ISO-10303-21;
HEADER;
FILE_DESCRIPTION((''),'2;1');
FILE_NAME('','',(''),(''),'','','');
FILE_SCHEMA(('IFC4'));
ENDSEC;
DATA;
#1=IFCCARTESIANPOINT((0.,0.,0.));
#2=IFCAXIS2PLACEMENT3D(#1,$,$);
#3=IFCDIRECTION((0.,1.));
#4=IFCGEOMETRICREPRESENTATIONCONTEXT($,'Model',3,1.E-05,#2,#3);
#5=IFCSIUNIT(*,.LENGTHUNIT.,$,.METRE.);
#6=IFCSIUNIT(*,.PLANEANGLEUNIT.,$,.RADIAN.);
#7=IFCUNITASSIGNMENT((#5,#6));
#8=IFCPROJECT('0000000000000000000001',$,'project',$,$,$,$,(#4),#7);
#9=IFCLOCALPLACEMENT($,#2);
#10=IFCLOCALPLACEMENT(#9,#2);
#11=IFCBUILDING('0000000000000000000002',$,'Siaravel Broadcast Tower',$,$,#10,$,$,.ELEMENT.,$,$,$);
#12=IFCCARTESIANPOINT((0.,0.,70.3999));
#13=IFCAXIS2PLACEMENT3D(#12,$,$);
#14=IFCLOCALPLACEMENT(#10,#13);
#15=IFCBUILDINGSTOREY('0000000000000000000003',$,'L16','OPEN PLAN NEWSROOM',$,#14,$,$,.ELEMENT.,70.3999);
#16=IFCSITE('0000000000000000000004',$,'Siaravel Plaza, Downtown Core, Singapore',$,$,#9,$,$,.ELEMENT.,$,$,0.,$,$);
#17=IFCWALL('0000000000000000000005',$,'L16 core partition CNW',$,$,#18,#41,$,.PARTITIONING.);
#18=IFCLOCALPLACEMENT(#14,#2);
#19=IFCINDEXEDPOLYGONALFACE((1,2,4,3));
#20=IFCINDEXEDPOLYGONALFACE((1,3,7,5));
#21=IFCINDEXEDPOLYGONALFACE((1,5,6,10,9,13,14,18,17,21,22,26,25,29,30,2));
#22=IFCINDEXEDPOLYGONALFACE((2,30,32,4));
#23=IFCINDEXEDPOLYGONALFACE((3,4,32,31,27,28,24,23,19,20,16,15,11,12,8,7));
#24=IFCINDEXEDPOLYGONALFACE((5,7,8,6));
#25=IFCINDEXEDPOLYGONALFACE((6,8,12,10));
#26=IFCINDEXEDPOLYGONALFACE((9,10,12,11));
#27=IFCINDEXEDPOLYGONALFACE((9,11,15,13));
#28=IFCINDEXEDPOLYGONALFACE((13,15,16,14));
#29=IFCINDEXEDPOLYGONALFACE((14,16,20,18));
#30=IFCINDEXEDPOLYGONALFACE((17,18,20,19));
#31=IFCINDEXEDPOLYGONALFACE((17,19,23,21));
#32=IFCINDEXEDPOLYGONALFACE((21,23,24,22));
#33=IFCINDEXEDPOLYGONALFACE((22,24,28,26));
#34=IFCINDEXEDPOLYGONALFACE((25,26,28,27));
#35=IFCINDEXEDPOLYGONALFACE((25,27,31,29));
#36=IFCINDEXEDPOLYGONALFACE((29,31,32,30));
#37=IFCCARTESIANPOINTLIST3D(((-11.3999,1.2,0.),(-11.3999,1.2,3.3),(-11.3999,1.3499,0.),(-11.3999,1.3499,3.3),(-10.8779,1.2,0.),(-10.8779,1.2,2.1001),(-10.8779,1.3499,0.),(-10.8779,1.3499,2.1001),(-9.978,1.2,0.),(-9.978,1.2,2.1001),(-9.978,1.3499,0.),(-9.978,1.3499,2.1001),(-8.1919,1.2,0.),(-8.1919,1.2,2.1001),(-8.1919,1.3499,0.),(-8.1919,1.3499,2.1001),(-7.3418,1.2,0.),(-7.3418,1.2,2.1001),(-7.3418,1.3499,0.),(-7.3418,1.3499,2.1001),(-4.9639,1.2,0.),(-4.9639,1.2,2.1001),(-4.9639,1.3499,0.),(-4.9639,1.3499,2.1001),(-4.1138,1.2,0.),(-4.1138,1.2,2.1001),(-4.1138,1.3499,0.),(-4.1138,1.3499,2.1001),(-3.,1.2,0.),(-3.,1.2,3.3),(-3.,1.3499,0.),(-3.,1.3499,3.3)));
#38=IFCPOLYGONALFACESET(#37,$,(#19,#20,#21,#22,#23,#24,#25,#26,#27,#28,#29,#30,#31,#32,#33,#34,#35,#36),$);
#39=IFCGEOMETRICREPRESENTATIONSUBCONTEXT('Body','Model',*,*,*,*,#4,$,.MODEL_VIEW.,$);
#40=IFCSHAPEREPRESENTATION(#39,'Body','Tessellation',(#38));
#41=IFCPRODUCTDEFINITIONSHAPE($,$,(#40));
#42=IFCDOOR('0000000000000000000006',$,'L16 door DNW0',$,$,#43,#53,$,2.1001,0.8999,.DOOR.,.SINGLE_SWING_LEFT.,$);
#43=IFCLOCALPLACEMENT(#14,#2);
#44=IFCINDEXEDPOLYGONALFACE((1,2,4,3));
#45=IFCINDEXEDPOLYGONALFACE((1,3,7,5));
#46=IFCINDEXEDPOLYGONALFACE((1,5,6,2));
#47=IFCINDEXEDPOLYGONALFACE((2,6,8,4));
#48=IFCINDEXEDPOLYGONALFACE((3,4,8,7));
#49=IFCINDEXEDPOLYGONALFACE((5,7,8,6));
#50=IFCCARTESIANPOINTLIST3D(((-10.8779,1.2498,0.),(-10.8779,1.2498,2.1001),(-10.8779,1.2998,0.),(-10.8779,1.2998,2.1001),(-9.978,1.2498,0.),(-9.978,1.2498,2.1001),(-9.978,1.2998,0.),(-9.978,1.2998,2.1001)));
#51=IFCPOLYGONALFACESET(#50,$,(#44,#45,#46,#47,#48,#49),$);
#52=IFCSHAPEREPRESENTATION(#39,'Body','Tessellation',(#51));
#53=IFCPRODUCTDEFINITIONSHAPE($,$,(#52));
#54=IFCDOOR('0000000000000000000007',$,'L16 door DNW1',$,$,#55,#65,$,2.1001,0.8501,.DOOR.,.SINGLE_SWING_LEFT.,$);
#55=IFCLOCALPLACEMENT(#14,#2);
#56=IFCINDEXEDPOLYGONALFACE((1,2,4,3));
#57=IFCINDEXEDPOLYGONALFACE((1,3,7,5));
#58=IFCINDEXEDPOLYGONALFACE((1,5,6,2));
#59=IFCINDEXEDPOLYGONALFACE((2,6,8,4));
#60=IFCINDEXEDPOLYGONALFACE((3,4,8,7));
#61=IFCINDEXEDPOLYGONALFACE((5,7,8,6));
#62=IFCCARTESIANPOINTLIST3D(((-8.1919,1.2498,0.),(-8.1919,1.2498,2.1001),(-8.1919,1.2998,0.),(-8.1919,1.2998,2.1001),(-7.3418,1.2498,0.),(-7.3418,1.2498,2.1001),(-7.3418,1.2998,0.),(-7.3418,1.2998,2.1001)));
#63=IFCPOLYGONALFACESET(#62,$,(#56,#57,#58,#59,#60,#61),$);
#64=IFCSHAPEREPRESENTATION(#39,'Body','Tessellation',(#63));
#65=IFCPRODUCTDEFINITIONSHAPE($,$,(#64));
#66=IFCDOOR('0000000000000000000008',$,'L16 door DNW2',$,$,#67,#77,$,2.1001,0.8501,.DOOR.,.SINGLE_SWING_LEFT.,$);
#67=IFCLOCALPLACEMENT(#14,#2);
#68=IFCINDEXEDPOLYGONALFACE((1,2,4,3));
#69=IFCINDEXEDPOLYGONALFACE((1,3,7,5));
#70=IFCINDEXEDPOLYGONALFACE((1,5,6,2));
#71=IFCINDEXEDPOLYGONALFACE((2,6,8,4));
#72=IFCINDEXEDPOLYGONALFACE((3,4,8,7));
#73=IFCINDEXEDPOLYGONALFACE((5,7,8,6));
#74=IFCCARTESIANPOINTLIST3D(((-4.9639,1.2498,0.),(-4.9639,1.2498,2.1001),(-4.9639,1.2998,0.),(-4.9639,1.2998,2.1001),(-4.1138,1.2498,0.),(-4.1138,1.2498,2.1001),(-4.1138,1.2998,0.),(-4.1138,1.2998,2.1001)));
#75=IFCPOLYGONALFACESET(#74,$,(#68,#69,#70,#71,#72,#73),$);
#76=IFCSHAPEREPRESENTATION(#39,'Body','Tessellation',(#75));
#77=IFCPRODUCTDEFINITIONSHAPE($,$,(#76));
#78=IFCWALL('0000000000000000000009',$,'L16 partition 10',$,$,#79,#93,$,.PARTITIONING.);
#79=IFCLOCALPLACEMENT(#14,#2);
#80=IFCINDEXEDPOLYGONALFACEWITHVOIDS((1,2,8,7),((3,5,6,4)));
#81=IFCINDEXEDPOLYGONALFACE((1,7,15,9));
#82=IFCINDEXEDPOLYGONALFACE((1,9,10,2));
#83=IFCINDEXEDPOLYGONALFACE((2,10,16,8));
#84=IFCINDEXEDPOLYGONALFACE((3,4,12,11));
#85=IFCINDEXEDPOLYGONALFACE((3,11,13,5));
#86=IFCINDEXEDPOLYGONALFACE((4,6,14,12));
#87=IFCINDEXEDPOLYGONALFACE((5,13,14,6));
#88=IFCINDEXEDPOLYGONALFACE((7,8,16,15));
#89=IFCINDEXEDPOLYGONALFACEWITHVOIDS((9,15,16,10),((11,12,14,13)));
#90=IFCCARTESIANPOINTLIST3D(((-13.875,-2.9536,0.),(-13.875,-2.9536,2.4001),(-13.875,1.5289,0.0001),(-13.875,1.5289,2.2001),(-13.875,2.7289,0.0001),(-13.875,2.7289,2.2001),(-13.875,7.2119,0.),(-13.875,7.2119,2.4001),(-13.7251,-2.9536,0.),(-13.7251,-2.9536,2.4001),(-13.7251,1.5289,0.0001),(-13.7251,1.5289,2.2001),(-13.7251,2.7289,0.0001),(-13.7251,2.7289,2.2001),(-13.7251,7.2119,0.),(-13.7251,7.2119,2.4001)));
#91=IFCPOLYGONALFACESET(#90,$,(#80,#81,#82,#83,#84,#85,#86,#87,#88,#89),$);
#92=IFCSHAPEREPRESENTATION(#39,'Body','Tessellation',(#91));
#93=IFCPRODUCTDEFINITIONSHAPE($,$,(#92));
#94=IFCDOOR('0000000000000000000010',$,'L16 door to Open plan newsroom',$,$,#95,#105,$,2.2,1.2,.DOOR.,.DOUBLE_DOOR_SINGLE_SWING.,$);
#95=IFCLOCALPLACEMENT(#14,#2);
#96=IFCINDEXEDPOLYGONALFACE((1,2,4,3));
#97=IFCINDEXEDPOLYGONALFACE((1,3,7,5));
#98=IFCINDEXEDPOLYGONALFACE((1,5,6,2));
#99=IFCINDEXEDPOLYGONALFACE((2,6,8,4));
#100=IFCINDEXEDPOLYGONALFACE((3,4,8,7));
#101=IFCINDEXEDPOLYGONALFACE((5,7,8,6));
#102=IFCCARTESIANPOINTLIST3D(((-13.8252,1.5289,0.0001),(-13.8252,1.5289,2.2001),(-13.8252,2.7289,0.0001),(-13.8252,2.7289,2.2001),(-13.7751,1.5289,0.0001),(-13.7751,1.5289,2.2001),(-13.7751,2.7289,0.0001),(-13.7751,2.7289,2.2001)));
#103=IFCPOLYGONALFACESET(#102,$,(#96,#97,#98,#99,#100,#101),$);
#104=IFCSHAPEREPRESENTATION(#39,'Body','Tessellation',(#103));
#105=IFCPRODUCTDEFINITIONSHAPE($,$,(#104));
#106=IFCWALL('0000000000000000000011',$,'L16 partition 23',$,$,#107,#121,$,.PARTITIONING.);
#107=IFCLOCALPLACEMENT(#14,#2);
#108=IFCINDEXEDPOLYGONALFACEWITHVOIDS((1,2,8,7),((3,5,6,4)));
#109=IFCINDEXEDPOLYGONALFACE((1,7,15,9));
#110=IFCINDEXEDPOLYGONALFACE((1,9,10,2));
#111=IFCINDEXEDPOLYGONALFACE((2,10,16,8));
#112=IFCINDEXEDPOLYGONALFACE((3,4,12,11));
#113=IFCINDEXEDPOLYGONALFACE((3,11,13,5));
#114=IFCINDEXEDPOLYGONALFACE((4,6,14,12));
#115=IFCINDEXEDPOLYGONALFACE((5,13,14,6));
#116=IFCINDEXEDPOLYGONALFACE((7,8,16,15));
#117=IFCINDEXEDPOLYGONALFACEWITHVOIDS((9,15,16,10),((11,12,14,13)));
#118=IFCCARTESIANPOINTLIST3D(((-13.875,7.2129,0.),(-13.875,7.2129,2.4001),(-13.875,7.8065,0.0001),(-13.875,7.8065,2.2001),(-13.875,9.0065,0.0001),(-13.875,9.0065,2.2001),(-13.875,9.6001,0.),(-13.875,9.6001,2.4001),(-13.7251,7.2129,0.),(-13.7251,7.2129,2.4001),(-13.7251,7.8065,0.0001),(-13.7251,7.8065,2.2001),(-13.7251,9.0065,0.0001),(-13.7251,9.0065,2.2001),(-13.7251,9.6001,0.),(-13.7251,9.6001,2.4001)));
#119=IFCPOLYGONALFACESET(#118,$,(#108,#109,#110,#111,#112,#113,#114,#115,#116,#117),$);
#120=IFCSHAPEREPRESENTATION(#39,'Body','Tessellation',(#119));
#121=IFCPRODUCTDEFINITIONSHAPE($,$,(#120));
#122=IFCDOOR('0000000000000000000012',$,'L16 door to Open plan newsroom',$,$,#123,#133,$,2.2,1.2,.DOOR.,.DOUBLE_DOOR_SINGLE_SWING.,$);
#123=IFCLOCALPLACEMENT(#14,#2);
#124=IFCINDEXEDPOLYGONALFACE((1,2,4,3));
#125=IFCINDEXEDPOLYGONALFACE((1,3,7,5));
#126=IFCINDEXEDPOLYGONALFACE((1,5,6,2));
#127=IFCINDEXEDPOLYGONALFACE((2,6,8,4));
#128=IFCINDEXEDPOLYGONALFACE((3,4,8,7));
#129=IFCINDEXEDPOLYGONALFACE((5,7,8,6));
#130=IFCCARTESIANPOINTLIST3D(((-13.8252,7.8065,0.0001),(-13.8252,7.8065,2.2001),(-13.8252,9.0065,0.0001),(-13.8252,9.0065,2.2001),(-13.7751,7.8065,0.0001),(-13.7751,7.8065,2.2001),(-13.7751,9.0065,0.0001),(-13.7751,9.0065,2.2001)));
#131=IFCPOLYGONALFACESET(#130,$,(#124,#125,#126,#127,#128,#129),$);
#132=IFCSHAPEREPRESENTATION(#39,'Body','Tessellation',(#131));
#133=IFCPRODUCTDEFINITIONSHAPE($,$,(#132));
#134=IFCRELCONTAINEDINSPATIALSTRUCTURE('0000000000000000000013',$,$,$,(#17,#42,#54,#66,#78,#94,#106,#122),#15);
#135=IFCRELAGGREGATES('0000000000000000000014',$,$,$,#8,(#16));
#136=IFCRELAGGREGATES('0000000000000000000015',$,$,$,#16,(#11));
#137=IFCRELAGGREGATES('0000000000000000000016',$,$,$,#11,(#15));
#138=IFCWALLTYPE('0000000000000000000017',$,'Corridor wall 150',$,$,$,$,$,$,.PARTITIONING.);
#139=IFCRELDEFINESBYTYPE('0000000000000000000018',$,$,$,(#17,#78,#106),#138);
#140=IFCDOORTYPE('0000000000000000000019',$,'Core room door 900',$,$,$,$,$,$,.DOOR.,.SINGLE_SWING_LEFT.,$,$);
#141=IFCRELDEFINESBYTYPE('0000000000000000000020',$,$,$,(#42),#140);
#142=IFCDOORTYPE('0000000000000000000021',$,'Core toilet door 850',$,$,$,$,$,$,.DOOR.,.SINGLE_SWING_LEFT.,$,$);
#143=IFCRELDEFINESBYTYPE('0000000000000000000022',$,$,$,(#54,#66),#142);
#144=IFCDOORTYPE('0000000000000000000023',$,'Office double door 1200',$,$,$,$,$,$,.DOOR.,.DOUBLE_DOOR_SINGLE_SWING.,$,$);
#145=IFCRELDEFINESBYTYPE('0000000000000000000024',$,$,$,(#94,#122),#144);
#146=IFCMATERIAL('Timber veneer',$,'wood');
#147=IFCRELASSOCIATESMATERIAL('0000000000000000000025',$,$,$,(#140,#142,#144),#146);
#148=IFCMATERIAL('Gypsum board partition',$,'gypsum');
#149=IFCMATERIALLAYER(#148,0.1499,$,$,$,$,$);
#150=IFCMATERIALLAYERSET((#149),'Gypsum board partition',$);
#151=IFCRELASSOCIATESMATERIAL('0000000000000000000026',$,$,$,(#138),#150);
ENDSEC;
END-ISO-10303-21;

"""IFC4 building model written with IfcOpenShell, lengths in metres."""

from ifc_helpers import new_model, si_unit, direction, frame, frame_2d, origin, place, context, subcontext, project, spatial, rectangle, extrude, material, layer, layer_set, type_object, element, fill, save


model = new_model("IFC4")

# Units and contexts
model_context = context("Model", 3, precision=1e-05, world=origin(), true_north=direction((0.0, 1.0)))
body_context = subcontext(model_context, "Body", "Model", "MODEL_VIEW")
ifc_project = project(units=[si_unit("LENGTHUNIT", "METRE"), si_unit("PLANEANGLEUNIT", "RADIAN")], contexts=[model_context])

# Site, building, storey
site_placement = place(None, origin())
site = spatial("IfcSite", under=ifc_project, at=site_placement, Name="Siaravel Plaza, Downtown Core, Singapore", CompositionType="ELEMENT", RefElevation=0.0)
building_placement = place(site_placement, origin())
building = spatial("IfcBuilding", under=site, at=building_placement, Name="Siaravel Broadcast Tower", CompositionType="ELEMENT")
storey_placement = place(building_placement, frame((0.0, 0.0, 70.3999)))
storey = spatial("IfcBuildingStorey", under=building, at=storey_placement, Name="L16", Description="OPEN PLAN NEWSROOM", CompositionType="ELEMENT", Elevation=70.3999)

# Wall, openings, doors
ifc_material_1 = material(Name="Timber veneer", Category="wood")
door_type_1 = type_object("IfcDoorType", Name="Core room door 900", OperationType="SINGLE_SWING_LEFT", PredefinedType="DOOR", material=ifc_material_1)
ifc_material_2 = material(Name="Gypsum board partition", Category="gypsum")
ifc_layer_1 = layer(ifc_material_2, 0.1499)
ifc_layer_set_1 = layer_set([ifc_layer_1], Name="Gypsum board partition")
wall_type_1 = type_object("IfcWallType", Name="Corridor wall 150", PredefinedType="PARTITIONING", material=ifc_layer_set_1)
wall_1_placement = place(storey_placement, frame((-11.3999, 1.2749, 0.0), z_axis=(0.0, 0.0, 1.0), x_axis=(1.0, 0.0, 0.0)))
wall_1 = element("IfcWall", 1, at=wall_1_placement, inside=storey, type_object=wall_type_1, Name="L16 core partition CNW", PredefinedType="PARTITIONING", context=body_context, shape_type="SweptSolid", body=[
    extrude(rectangle(XDim=8.3999, YDim=0.1499, at=frame_2d((4.2, 0.0))), origin(), (0.0, 0.0, 1.0), 3.3),
])
opening_1_placement = place(wall_1_placement, frame((0.522, 0.0, 0.0)))
opening_1 = element("IfcOpeningElement", 2, at=opening_1_placement, cuts=wall_1, PredefinedType="OPENING", context=body_context, shape_type="SweptSolid", body=[
    extrude(rectangle(XDim=0.8999, YDim=2.1001, at=frame_2d((0.45, 1.05))), frame((0.0, 0.085, 0.0), z_axis=(0.0, -1.0, 0.0), x_axis=(1.0, 0.0, 0.0)), (0.0, 0.0, 1.0), 0.1699),
])
opening_2_placement = place(wall_1_placement, frame((3.208, 0.0, 0.0)))
opening_2 = element("IfcOpeningElement", 3, at=opening_2_placement, cuts=wall_1, PredefinedType="OPENING", context=body_context, shape_type="SweptSolid", body=[
    extrude(rectangle(XDim=0.8501, YDim=2.1001, at=frame_2d((0.425, 1.05))), frame((0.0, 0.085, 0.0), z_axis=(0.0, -1.0, 0.0), x_axis=(1.0, 0.0, 0.0)), (0.0, 0.0, 1.0), 0.1699),
])
opening_3_placement = place(wall_1_placement, frame((6.436, 0.0, 0.0)))
opening_3 = element("IfcOpeningElement", 4, at=opening_3_placement, cuts=wall_1, PredefinedType="OPENING", context=body_context, shape_type="SweptSolid", body=[
    extrude(rectangle(XDim=0.8501, YDim=2.1001, at=frame_2d((0.425, 1.05))), frame((0.0, 0.085, 0.0), z_axis=(0.0, -1.0, 0.0), x_axis=(1.0, 0.0, 0.0)), (0.0, 0.0, 1.0), 0.1699),
])
door_1_placement = place(opening_1_placement, origin())
door_1 = element("IfcDoor", 5, at=door_1_placement, inside=storey, type_object=door_type_1, Name="L16 door DNW0", OperationType="SINGLE_SWING_LEFT", OverallHeight=2.1001, OverallWidth=0.8999, PredefinedType="DOOR", context=body_context, shape_type="SweptSolid", body=[
    extrude(rectangle(XDim=0.8999, YDim=2.1001, at=frame_2d((0.45, 1.05))), frame((0.0, 0.0249, 0.0), z_axis=(0.0, -1.0, 0.0), x_axis=(1.0, 0.0, 0.0)), (0.0, 0.0, 1.0), 0.05),
])
fill(opening_1, door_1)
door_type_2 = type_object("IfcDoorType", Name="Core toilet door 850", OperationType="SINGLE_SWING_LEFT", PredefinedType="DOOR", material=ifc_material_1)
door_2_placement = place(opening_2_placement, origin())
door_2 = element("IfcDoor", 6, at=door_2_placement, inside=storey, type_object=door_type_2, Name="L16 door DNW1", OperationType="SINGLE_SWING_LEFT", OverallHeight=2.1001, OverallWidth=0.8501, PredefinedType="DOOR", context=body_context, shape_type="SweptSolid", body=[
    extrude(rectangle(XDim=0.8501, YDim=2.1001, at=frame_2d((0.425, 1.05))), frame((0.0, 0.0249, 0.0), z_axis=(0.0, -1.0, 0.0), x_axis=(1.0, 0.0, 0.0)), (0.0, 0.0, 1.0), 0.05),
])
fill(opening_2, door_2)
door_3_placement = place(opening_3_placement, origin())
door_3 = element("IfcDoor", 7, at=door_3_placement, inside=storey, type_object=door_type_2, Name="L16 door DNW2", OperationType="SINGLE_SWING_LEFT", OverallHeight=2.1001, OverallWidth=0.8501, PredefinedType="DOOR", context=body_context, shape_type="SweptSolid", body=[
    extrude(rectangle(XDim=0.8501, YDim=2.1001, at=frame_2d((0.425, 1.05))), frame((0.0, 0.0249, 0.0), z_axis=(0.0, -1.0, 0.0), x_axis=(1.0, 0.0, 0.0)), (0.0, 0.0, 1.0), 0.05),
])
fill(opening_3, door_3)

# Walls, openings, doors
wall_2_placement = place(storey_placement, frame((-13.8, 7.2119, 0.0), z_axis=(0.0, 0.0, 1.0), x_axis=(0.0, -1.0, 0.0)))
wall_2 = element("IfcWall", 8, at=wall_2_placement, inside=storey, type_object=wall_type_1, Name="L16 partition 10", PredefinedType="PARTITIONING", context=body_context, shape_type="SweptSolid", body=[
    extrude(rectangle(XDim=10.1655, YDim=0.1499, at=frame_2d((5.0828, 0.0))), origin(), (0.0, 0.0, 1.0), 2.4001),
])
opening_4_placement = place(wall_2_placement, frame((4.4829, 0.0, 0.0)))
opening_4 = element("IfcOpeningElement", 9, at=opening_4_placement, cuts=wall_2, PredefinedType="OPENING", context=body_context, shape_type="SweptSolid", body=[
    extrude(rectangle(XDim=1.2, YDim=2.2, at=frame_2d((0.6001, 1.1001))), frame((0.0, 0.085, 0.0), z_axis=(0.0, -1.0, 0.0), x_axis=(1.0, 0.0, 0.0)), (0.0, 0.0, 1.0), 0.1699),
])
door_type_3 = type_object("IfcDoorType", Name="Office double door 1200", OperationType="DOUBLE_DOOR_SINGLE_SWING", PredefinedType="DOOR", material=ifc_material_1)
door_4_placement = place(opening_4_placement, origin())
door_4 = element("IfcDoor", 10, at=door_4_placement, inside=storey, type_object=door_type_3, Name="L16 door to Open plan newsroom", OperationType="DOUBLE_DOOR_SINGLE_SWING", OverallHeight=2.2, OverallWidth=1.2, PredefinedType="DOOR", context=body_context, shape_type="SweptSolid", body=[
    extrude(rectangle(XDim=1.2, YDim=2.2, at=frame_2d((0.6001, 1.1001))), frame((0.0, 0.0249, 0.0), z_axis=(0.0, -1.0, 0.0), x_axis=(1.0, 0.0, 0.0)), (0.0, 0.0, 1.0), 0.05),
])
fill(opening_4, door_4)
wall_3_placement = place(storey_placement, frame((-13.8, 9.6001, 0.0), z_axis=(0.0, 0.0, 1.0), x_axis=(0.0, -1.0, 0.0)))
wall_3 = element("IfcWall", 11, at=wall_3_placement, inside=storey, type_object=wall_type_1, Name="L16 partition 23", PredefinedType="PARTITIONING", context=body_context, shape_type="SweptSolid", body=[
    extrude(rectangle(XDim=2.3872, YDim=0.1499, at=frame_2d((1.1936, 0.0))), origin(), (0.0, 0.0, 1.0), 2.4001),
])
opening_5_placement = place(wall_3_placement, frame((0.5935, 0.0, 0.0)))
opening_5 = element("IfcOpeningElement", 12, at=opening_5_placement, cuts=wall_3, PredefinedType="OPENING", context=body_context, shape_type="SweptSolid", body=[
    extrude(rectangle(XDim=1.2, YDim=2.2, at=frame_2d((0.6001, 1.1001))), frame((0.0, 0.085, 0.0), z_axis=(0.0, -1.0, 0.0), x_axis=(1.0, 0.0, 0.0)), (0.0, 0.0, 1.0), 0.1699),
])
door_5_placement = place(opening_5_placement, origin())
door_5 = element("IfcDoor", 13, at=door_5_placement, inside=storey, type_object=door_type_3, Name="L16 door to Open plan newsroom", OperationType="DOUBLE_DOOR_SINGLE_SWING", OverallHeight=2.2, OverallWidth=1.2, PredefinedType="DOOR", context=body_context, shape_type="SweptSolid", body=[
    extrude(rectangle(XDim=1.2, YDim=2.2, at=frame_2d((0.6001, 1.1001))), frame((0.0, 0.0249, 0.0), z_axis=(0.0, -1.0, 0.0), x_axis=(1.0, 0.0, 0.0)), (0.0, 0.0, 1.0), 0.05),
])
fill(opening_5, door_5)

save(model, "model.ifc")
